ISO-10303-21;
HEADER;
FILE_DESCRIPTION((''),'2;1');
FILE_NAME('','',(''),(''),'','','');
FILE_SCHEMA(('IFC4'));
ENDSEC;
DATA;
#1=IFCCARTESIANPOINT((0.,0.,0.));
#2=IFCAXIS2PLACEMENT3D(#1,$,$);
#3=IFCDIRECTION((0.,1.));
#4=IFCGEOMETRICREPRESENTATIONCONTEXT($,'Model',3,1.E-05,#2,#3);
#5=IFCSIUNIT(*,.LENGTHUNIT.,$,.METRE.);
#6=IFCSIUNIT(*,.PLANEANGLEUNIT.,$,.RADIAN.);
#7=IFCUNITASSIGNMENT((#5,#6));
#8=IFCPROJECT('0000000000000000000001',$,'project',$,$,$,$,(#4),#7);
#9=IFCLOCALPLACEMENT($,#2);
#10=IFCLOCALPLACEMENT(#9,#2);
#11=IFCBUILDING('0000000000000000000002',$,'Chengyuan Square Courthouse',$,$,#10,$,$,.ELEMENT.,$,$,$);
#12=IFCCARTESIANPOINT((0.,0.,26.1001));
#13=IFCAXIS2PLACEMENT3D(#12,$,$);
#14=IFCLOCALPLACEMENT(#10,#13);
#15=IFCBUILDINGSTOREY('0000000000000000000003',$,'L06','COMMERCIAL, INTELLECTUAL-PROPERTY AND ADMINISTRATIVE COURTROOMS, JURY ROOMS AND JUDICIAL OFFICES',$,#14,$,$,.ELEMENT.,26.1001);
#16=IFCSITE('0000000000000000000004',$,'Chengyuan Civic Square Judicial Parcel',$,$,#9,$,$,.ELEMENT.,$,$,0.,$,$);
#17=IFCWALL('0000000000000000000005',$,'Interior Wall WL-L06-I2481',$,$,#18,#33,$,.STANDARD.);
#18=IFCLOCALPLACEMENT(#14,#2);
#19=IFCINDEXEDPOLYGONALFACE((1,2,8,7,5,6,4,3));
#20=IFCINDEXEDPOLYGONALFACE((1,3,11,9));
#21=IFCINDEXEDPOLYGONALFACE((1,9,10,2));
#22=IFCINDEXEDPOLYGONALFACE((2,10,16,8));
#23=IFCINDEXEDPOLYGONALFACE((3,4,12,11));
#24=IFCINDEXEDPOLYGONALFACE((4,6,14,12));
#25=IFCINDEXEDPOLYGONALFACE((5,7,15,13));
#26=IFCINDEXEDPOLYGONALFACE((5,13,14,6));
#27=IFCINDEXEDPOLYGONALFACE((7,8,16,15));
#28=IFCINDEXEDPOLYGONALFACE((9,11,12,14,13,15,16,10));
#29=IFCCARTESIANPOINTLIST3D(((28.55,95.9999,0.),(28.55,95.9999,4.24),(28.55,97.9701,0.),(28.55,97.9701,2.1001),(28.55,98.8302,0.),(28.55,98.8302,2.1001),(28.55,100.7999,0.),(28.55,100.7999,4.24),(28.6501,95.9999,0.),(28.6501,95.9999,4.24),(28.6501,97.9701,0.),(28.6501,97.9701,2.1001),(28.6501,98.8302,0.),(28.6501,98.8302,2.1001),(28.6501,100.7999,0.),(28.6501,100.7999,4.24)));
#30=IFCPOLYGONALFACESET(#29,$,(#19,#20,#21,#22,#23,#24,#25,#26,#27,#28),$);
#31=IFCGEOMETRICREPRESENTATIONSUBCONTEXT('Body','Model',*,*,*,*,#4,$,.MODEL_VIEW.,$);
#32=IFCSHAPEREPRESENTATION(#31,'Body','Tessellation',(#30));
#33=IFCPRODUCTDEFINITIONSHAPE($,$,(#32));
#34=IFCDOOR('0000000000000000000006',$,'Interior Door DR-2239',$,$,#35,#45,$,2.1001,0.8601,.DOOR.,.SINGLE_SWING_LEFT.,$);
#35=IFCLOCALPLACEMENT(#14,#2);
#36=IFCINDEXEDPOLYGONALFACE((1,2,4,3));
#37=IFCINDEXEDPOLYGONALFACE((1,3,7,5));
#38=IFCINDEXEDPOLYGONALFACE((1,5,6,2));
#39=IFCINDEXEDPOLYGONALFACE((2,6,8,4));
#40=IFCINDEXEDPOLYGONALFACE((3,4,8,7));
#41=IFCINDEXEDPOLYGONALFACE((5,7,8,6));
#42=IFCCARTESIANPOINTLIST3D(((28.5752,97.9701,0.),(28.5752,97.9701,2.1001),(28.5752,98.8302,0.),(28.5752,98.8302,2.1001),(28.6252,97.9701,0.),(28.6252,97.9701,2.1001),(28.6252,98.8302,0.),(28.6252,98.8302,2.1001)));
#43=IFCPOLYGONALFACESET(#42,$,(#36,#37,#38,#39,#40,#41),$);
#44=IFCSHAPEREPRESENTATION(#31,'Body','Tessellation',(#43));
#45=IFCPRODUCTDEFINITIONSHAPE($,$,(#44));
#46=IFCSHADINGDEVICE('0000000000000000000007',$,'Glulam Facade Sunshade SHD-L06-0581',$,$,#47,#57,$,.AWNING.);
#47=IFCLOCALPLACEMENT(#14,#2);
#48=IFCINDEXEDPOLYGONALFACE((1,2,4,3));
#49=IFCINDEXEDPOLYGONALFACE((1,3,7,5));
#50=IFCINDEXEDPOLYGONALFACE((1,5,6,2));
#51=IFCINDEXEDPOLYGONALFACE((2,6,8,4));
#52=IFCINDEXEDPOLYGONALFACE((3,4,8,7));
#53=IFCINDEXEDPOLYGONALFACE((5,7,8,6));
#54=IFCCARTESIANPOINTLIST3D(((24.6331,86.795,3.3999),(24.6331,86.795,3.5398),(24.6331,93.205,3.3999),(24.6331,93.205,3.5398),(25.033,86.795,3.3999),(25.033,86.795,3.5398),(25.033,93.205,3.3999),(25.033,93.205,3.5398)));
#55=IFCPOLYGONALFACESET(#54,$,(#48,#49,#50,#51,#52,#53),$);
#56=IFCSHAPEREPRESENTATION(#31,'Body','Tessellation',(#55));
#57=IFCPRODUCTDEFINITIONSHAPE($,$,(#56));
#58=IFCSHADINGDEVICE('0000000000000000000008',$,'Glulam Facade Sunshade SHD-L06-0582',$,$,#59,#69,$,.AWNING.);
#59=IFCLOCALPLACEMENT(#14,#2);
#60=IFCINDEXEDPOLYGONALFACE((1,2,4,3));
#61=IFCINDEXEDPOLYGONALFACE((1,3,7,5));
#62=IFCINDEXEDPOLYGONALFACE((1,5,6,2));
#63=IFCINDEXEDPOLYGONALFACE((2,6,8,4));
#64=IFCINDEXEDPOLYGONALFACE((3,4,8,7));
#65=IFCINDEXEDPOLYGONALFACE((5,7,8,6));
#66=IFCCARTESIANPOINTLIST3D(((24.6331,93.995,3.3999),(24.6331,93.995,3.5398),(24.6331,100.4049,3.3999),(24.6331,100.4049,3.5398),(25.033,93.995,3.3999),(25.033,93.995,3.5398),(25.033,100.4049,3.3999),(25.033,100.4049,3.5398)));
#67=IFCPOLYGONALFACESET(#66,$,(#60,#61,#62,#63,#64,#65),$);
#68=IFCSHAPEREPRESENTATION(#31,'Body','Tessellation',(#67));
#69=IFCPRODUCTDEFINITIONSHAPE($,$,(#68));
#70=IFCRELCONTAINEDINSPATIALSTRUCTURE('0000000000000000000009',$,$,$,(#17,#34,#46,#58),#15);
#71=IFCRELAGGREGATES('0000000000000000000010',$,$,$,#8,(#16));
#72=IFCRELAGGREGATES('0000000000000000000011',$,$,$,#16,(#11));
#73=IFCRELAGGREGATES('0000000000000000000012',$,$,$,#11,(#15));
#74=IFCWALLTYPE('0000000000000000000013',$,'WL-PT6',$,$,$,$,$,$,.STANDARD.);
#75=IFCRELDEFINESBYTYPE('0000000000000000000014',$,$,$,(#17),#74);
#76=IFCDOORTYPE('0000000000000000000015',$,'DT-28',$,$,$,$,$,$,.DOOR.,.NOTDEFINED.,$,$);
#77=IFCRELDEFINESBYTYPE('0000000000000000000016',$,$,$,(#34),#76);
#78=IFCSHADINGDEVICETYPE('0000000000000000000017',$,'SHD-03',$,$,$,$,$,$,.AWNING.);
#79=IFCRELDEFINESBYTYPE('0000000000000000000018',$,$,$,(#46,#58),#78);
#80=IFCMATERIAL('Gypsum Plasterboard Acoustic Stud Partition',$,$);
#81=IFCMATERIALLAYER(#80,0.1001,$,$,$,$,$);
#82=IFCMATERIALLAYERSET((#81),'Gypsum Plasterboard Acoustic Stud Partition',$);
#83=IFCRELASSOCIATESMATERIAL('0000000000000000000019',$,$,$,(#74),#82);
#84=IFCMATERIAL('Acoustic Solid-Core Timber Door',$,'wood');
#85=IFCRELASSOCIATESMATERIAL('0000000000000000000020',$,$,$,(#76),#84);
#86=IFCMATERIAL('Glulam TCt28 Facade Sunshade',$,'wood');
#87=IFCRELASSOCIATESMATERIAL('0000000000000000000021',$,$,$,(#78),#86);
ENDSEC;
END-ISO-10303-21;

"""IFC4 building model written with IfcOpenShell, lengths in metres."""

from ifc_helpers import new_model, si_unit, direction, frame, frame_2d, origin, origin_2d, place, context, subcontext, project, spatial, rectangle, extrude, material, layer, layer_set, type_object, element, fill, save


model = new_model("IFC4")

# Units and contexts
model_context = context("Model", 3, precision=1e-05, world=origin(), true_north=direction((0.0, 1.0)))
body_context = subcontext(model_context, "Body", "Model", "MODEL_VIEW")
ifc_project = project(units=[si_unit("LENGTHUNIT", "METRE"), si_unit("PLANEANGLEUNIT", "RADIAN")], contexts=[model_context])

# Site, building, storey
site_placement = place(None, origin())
site = spatial("IfcSite", under=ifc_project, at=site_placement, Name="Chengyuan Civic Square Judicial Parcel", CompositionType="ELEMENT", RefElevation=0.0)
building_placement = place(site_placement, origin())
building = spatial("IfcBuilding", under=site, at=building_placement, Name="Chengyuan Square Courthouse", CompositionType="ELEMENT")
storey_placement = place(building_placement, frame((0.0, 0.0, 26.1001)))
storey = spatial("IfcBuildingStorey", under=building, at=storey_placement, Name="L06", Description="COMMERCIAL, INTELLECTUAL-PROPERTY AND ADMINISTRATIVE COURTROOMS, JURY ROOMS AND JUDICIAL OFFICES", CompositionType="ELEMENT", Elevation=26.1001)

# Shared definitions
ifc_material_1 = material(Name="Acoustic Solid-Core Timber Door", Category="wood")

# Shared definitions
ifc_material_2 = material(Name="Gypsum Plasterboard Acoustic Stud Partition")
ifc_layer_1 = layer(ifc_material_2, 0.1001)
ifc_layer_set_1 = layer_set([ifc_layer_1], Name="Gypsum Plasterboard Acoustic Stud Partition")
wall_type_1 = type_object("IfcWallType", Name="WL-PT6", PredefinedType="STANDARD", material=ifc_layer_set_1)

# Wall, opening, door
wall_1_placement = place(storey_placement, frame((28.6001, 96.0, 0.0), z_axis=(0.0, 0.0, 1.0), x_axis=(0.0, 1.0, 0.0)))
wall_1 = element("IfcWall", 1, at=wall_1_placement, inside=storey, type_object=wall_type_1, Name="Interior Wall WL-L06-I2481", PredefinedType="STANDARD", context=body_context, shape_type="SweptSolid", body=[
    extrude(rectangle(XDim=4.8, YDim=0.1001, at=frame_2d((2.3999, 0.0))), origin(), (0.0, 0.0, 1.0), 4.24),
])
opening_1_placement = place(wall_1_placement, frame((1.97, 0.0, 0.0)))
opening_1 = element("IfcOpeningElement", 2, at=opening_1_placement, cuts=wall_1, PredefinedType="OPENING", context=body_context, shape_type="SweptSolid", body=[
    extrude(rectangle(XDim=0.8601, YDim=2.1001, at=frame_2d((0.4302, 1.05))), frame((0.0, 0.062, 0.0), z_axis=(0.0, -1.0, 0.0), x_axis=(1.0, 0.0, 0.0)), (0.0, 0.0, 1.0), 0.124),
])
door_type_1 = type_object("IfcDoorType", Name="DT-28", OperationType="NOTDEFINED", PredefinedType="DOOR", material=ifc_material_1)
door_1_placement = place(opening_1_placement, origin())
door_1 = element("IfcDoor", 3, at=door_1_placement, inside=storey, type_object=door_type_1, Name="Interior Door DR-2239", OperationType="SINGLE_SWING_LEFT", OverallHeight=2.1001, OverallWidth=0.8601, PredefinedType="DOOR", context=body_context, shape_type="SweptSolid", body=[
    extrude(rectangle(XDim=0.8601, YDim=2.1001, at=frame_2d((0.4302, 1.05))), frame((0.0, 0.0249, 0.0), z_axis=(0.0, -1.0, 0.0), x_axis=(1.0, 0.0, 0.0)), (0.0, 0.0, 1.0), 0.05),
])
fill(opening_1, door_1)

# Shading devices
ifc_material_3 = material(Name="Glulam TCt28 Facade Sunshade", Category="wood")
shading_device_type = type_object("IfcShadingDeviceType", Name="SHD-03", PredefinedType="AWNING", material=ifc_material_3)
for number, where, z_axis, x_axis, name in (
    (4, (24.833, 90.0, 3.3999), (0.0, 0.0, 1.0), (0.0, 1.0, 0.0), "Glulam Facade Sunshade SHD-L06-0581"),
    (5, (24.833, 97.2, 3.3999), (0.0, 0.0, 1.0), (0.0, 1.0, 0.0), "Glulam Facade Sunshade SHD-L06-0582"),
):
    element("IfcShadingDevice", number, at=place(storey_placement, frame(where, z_axis=z_axis, x_axis=x_axis)), inside=storey, type_object=shading_device_type, Name=name, PredefinedType="AWNING", context=body_context, shape_type="SweptSolid", body=[
        extrude(rectangle(XDim=6.4099, YDim=0.3999, at=origin_2d()), origin(), (0.0, 0.0, 1.0), 0.1399),
    ])

save(model, "model.ifc")
